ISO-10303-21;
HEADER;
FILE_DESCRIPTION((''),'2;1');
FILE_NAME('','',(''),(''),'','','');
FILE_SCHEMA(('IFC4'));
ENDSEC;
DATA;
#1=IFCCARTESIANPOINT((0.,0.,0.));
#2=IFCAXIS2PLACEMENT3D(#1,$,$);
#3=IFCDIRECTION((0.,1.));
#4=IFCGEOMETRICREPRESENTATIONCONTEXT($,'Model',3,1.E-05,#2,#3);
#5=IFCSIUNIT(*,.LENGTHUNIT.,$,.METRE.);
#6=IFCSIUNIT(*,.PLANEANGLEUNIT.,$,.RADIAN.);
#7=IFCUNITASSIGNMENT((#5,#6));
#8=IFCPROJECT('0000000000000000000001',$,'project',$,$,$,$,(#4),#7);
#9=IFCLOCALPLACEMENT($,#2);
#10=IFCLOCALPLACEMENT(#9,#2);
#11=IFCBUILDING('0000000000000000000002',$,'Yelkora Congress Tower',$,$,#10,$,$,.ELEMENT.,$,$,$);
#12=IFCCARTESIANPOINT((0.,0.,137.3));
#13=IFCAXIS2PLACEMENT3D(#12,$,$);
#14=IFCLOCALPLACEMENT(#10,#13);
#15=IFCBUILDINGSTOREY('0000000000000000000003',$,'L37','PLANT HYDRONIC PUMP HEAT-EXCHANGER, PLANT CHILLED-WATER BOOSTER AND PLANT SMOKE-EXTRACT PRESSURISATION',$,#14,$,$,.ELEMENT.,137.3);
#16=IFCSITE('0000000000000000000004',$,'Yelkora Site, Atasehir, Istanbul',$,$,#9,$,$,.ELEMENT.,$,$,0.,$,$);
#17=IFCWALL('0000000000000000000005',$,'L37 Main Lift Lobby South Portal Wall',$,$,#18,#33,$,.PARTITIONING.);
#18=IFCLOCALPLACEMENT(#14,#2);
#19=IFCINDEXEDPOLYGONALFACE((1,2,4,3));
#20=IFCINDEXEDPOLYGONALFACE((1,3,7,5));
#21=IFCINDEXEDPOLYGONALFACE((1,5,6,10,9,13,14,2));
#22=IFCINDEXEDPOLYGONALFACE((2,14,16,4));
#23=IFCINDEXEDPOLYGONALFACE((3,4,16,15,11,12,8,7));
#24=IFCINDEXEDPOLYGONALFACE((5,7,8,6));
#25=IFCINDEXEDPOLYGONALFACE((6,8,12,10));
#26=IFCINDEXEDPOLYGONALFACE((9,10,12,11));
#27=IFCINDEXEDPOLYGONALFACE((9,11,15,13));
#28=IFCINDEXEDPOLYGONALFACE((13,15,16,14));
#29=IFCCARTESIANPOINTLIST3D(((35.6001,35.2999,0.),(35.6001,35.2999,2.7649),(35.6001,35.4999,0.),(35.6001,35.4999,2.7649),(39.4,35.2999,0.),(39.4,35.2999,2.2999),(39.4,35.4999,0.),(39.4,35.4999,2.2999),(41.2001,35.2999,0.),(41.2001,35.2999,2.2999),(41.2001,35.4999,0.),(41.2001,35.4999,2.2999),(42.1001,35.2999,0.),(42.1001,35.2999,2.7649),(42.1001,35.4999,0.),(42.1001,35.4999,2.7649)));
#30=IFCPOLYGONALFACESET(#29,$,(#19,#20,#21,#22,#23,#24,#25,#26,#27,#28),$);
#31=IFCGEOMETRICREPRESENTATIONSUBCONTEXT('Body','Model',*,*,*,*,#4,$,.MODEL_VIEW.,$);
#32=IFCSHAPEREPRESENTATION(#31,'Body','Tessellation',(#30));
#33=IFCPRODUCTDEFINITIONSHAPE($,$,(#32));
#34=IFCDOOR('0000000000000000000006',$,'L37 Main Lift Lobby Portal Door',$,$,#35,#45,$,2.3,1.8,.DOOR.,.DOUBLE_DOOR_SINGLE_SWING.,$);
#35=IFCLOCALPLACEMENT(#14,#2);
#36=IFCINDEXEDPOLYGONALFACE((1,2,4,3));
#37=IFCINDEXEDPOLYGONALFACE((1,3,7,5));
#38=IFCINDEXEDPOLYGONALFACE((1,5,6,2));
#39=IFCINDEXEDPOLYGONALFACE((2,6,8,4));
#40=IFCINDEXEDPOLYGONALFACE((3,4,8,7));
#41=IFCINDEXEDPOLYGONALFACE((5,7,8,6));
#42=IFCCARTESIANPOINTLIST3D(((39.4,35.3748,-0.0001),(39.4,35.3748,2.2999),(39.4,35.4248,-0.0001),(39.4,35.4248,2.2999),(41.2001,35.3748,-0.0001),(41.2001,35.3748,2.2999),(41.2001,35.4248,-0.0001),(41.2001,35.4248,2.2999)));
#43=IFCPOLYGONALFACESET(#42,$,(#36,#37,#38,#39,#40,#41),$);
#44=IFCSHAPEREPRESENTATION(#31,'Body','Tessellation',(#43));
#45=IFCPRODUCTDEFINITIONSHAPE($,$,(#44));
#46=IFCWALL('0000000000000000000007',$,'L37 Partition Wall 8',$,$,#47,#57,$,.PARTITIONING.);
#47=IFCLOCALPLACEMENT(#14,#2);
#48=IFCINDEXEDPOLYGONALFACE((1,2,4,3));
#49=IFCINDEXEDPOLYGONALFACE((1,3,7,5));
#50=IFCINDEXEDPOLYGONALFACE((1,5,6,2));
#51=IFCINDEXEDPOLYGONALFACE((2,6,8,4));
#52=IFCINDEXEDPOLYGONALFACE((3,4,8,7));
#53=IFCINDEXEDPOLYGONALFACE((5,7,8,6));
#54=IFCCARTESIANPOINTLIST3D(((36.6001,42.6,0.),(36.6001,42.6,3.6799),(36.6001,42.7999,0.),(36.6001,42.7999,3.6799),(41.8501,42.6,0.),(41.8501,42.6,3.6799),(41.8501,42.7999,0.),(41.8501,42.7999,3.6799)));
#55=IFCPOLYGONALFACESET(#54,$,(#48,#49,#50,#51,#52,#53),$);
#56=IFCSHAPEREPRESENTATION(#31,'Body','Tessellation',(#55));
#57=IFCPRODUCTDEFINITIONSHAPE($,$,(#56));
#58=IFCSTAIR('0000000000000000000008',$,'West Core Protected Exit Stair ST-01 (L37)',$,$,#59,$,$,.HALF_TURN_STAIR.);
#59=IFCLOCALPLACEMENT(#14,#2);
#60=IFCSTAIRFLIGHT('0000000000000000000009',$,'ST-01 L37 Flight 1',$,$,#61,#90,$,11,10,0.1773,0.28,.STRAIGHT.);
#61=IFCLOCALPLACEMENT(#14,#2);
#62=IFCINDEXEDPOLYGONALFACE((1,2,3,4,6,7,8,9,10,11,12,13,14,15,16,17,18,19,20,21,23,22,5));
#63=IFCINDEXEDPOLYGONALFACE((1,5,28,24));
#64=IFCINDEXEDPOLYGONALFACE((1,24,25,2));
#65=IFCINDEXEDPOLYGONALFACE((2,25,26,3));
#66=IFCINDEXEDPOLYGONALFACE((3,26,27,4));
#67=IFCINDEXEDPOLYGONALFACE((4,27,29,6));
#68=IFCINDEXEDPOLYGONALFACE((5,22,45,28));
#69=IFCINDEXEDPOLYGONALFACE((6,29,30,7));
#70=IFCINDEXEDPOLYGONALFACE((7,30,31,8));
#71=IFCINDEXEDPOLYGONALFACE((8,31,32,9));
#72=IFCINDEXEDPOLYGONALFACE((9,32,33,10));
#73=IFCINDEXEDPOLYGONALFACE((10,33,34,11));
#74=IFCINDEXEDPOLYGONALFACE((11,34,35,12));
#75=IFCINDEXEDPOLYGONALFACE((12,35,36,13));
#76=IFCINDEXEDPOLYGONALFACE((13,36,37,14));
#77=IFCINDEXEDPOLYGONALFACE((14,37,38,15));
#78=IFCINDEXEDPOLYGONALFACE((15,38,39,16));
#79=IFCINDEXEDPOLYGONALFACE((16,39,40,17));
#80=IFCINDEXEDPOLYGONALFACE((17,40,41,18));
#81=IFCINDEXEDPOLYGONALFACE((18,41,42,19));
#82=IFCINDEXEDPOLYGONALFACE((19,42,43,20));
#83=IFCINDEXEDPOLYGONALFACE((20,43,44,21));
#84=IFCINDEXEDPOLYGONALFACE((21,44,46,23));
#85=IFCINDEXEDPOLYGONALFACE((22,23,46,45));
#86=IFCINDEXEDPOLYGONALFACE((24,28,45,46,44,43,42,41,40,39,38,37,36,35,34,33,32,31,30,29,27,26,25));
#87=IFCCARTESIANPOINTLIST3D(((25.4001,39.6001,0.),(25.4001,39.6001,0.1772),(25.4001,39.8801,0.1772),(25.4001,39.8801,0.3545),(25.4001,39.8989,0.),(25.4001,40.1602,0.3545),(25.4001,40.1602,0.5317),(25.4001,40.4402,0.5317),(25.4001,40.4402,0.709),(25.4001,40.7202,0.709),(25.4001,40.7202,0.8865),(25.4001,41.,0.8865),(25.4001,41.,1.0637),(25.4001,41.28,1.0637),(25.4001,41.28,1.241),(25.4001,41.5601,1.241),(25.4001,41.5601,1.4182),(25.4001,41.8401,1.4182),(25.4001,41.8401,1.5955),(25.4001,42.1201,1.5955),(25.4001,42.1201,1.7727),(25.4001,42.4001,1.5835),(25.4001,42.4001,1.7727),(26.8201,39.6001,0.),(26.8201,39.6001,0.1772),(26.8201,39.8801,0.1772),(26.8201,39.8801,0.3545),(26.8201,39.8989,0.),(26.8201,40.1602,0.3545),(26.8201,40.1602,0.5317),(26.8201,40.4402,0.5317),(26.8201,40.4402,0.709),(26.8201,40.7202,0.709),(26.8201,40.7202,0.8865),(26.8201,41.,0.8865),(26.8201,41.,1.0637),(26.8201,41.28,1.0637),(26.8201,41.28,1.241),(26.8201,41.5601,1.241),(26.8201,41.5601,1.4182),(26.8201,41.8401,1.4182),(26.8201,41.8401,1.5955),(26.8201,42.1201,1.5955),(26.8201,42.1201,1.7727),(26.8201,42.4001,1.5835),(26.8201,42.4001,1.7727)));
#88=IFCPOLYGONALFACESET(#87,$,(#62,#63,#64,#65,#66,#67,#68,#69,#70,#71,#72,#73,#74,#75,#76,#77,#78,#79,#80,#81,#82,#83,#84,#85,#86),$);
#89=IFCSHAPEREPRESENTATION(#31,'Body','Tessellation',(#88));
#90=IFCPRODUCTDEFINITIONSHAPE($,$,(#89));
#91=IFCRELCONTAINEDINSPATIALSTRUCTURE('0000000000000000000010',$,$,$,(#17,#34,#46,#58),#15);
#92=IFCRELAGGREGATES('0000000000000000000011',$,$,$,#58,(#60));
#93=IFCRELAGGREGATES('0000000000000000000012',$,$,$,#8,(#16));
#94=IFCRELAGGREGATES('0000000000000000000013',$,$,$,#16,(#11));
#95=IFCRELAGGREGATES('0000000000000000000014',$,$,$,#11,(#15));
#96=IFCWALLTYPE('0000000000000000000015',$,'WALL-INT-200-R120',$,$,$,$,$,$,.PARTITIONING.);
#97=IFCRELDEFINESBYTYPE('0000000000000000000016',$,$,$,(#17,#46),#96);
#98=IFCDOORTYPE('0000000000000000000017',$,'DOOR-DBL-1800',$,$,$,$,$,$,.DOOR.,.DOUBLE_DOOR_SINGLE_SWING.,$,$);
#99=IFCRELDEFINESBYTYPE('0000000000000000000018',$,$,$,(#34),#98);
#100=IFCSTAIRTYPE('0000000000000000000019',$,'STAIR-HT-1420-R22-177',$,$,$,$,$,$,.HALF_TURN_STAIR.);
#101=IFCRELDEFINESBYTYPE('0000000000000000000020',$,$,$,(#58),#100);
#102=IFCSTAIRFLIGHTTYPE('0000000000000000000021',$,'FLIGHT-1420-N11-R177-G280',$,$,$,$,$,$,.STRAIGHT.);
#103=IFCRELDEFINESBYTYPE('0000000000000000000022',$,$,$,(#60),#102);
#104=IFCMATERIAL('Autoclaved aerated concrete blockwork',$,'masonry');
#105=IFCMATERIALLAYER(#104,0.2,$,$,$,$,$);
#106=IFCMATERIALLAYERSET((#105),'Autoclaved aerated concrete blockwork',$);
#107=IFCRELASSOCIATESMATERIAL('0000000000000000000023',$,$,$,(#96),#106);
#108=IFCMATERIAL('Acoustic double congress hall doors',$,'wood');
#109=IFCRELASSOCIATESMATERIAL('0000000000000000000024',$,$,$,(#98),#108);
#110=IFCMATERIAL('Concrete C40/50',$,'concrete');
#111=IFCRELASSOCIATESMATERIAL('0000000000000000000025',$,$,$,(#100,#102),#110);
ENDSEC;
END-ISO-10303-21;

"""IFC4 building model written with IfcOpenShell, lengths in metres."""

from ifc_helpers import new_model, si_unit, direction, frame, frame_2d, origin, place, context, subcontext, project, spatial, polyline, rectangle, outline, extrude, material, layer, layer_set, type_object, element, fill, aggregate, save


model = new_model("IFC4")

# Units and contexts
model_context = context("Model", 3, precision=1e-05, world=origin(), true_north=direction((0.0, 1.0)))
body_context = subcontext(model_context, "Body", "Model", "MODEL_VIEW")
ifc_project = project(units=[si_unit("LENGTHUNIT", "METRE"), si_unit("PLANEANGLEUNIT", "RADIAN")], contexts=[model_context])

# Site, building, storey
site_placement = place(None, origin())
site = spatial("IfcSite", under=ifc_project, at=site_placement, Name="Yelkora Site, Atasehir, Istanbul", CompositionType="ELEMENT", RefElevation=0.0)
building_placement = place(site_placement, origin())
building = spatial("IfcBuilding", under=site, at=building_placement, Name="Yelkora Congress Tower", CompositionType="ELEMENT")
storey_placement = place(building_placement, frame((0.0, 0.0, 137.3)))
storey = spatial("IfcBuildingStorey", under=building, at=storey_placement, Name="L37", Description="PLANT HYDRONIC PUMP HEAT-EXCHANGER, PLANT CHILLED-WATER BOOSTER AND PLANT SMOKE-EXTRACT PRESSURISATION", CompositionType="ELEMENT", Elevation=137.3)

# Shared definitions
ifc_material_1 = material(Name="Autoclaved aerated concrete blockwork", Category="masonry")
ifc_layer_1 = layer(ifc_material_1, 0.2)
ifc_layer_set_1 = layer_set([ifc_layer_1], Name="Autoclaved aerated concrete blockwork")
wall_type_1 = type_object("IfcWallType", Name="WALL-INT-200-R120", PredefinedType="PARTITIONING", material=ifc_layer_set_1)

# Wall, opening, door
wall_1_placement = place(storey_placement, frame((35.6001, 35.3999, 0.0), z_axis=(0.0, 0.0, 1.0), x_axis=(1.0, 0.0, 0.0)))
wall_1 = element("IfcWall", 1, at=wall_1_placement, inside=storey, type_object=wall_type_1, Name="L37 Main Lift Lobby South Portal Wall", PredefinedType="PARTITIONING", context=body_context, shape_type="SweptSolid", body=[
    extrude(rectangle(XDim=6.5, YDim=0.2, at=frame_2d((3.25, 0.0))), origin(), (0.0, 0.0, 1.0), 2.7649),
])
opening_1_placement = place(wall_1_placement, frame((3.8, 0.0, 0.0)))
opening_1 = element("IfcOpeningElement", 2, at=opening_1_placement, cuts=wall_1, PredefinedType="OPENING", context=body_context, shape_type="SweptSolid", body=[
    extrude(rectangle(XDim=1.8, YDim=2.3, at=frame_2d((0.8999, 1.1499))), frame((0.0, 0.1099, 0.0), z_axis=(0.0, -1.0, 0.0), x_axis=(1.0, 0.0, 0.0)), (0.0, 0.0, 1.0), 0.22),
])
ifc_material_2 = material(Name="Acoustic double congress hall doors", Category="wood")
door_type_1 = type_object("IfcDoorType", Name="DOOR-DBL-1800", OperationType="DOUBLE_DOOR_SINGLE_SWING", PredefinedType="DOOR", material=ifc_material_2)
door_1_placement = place(opening_1_placement, origin())
door_1 = element("IfcDoor", 3, at=door_1_placement, inside=storey, type_object=door_type_1, Name="L37 Main Lift Lobby Portal Door", OperationType="DOUBLE_DOOR_SINGLE_SWING", OverallHeight=2.3, OverallWidth=1.8, PredefinedType="DOOR", context=body_context, shape_type="SweptSolid", body=[
    extrude(rectangle(XDim=1.8, YDim=2.3, at=frame_2d((0.8999, 1.1499))), frame((0.0, 0.0249, 0.0), z_axis=(0.0, -1.0, 0.0), x_axis=(1.0, 0.0, 0.0)), (0.0, 0.0, 1.0), 0.05),
])
fill(opening_1, door_1)

# Wall
wall_2_placement = place(storey_placement, frame((36.6001, 42.7, 0.0), z_axis=(0.0, 0.0, 1.0), x_axis=(1.0, 0.0, 0.0)))
element("IfcWall", 4, at=wall_2_placement, inside=storey, type_object=wall_type_1, Name="L37 Partition Wall 8", PredefinedType="PARTITIONING", context=body_context, shape_type="SweptSolid", body=[
    extrude(rectangle(XDim=5.25, YDim=0.2, at=frame_2d((2.625, 0.0))), origin(), (0.0, 0.0, 1.0), 3.6799),
])

# Stair, stair flight
ifc_material_3 = material(Name="Concrete C40/50", Category="concrete")
stair_type = type_object("IfcStairType", Name="STAIR-HT-1420-R22-177", PredefinedType="HALF_TURN_STAIR", material=ifc_material_3)
stair_placement = place(storey_placement, origin())
stair = element("IfcStair", 5, at=stair_placement, inside=storey, type_object=stair_type, Name="West Core Protected Exit Stair ST-01 (L37)", PredefinedType="HALF_TURN_STAIR")
stair_flight_type = type_object("IfcStairFlightType", Name="FLIGHT-1420-N11-R177-G280", PredefinedType="STRAIGHT", material=ifc_material_3)
stair_flight_placement = place(storey_placement, frame((26.1101, 39.6001, 0.0), z_axis=(0.0, 0.0, 1.0), x_axis=(0.0, 1.0, 0.0)))
stair_flight = element("IfcStairFlight", 6, at=stair_flight_placement, type_object=stair_flight_type, Name="ST-01 L37 Flight 1", NumberOfRisers=11, NumberOfTreads=10, PredefinedType="STRAIGHT", RiserHeight=0.1773, TreadLength=0.28, context=body_context, shape_type="SweptSolid", body=[
    extrude(outline(polyline([(0.0, 0.0), (0.0, 0.1772), (0.28, 0.1772), (0.28, 0.3545), (0.5601, 0.3545), (0.5601, 0.5317), (0.8401, 0.5317), (0.8401, 0.709), (1.1201, 0.709), (1.1201, 0.8865), (1.3999, 0.8865), (1.3999, 1.0637), (1.6799, 1.0637), (1.6799, 1.241), (1.96, 1.241), (1.96, 1.4182), (2.24, 1.4182), (2.24, 1.5955), (2.52, 1.5955), (2.52, 1.7727), (2.8, 1.7727), (2.8, 1.95), (2.8, 1.5835), (0.2988, 0.0), (0.0, 0.0)])), frame((0.0, 0.71, 0.0), z_axis=(0.0, -1.0, 0.0), x_axis=(1.0, 0.0, 0.0)), (0.0, 0.0, 1.0), 1.4199),
])
aggregate(stair, [stair_flight])

save(model, "model.ifc")
